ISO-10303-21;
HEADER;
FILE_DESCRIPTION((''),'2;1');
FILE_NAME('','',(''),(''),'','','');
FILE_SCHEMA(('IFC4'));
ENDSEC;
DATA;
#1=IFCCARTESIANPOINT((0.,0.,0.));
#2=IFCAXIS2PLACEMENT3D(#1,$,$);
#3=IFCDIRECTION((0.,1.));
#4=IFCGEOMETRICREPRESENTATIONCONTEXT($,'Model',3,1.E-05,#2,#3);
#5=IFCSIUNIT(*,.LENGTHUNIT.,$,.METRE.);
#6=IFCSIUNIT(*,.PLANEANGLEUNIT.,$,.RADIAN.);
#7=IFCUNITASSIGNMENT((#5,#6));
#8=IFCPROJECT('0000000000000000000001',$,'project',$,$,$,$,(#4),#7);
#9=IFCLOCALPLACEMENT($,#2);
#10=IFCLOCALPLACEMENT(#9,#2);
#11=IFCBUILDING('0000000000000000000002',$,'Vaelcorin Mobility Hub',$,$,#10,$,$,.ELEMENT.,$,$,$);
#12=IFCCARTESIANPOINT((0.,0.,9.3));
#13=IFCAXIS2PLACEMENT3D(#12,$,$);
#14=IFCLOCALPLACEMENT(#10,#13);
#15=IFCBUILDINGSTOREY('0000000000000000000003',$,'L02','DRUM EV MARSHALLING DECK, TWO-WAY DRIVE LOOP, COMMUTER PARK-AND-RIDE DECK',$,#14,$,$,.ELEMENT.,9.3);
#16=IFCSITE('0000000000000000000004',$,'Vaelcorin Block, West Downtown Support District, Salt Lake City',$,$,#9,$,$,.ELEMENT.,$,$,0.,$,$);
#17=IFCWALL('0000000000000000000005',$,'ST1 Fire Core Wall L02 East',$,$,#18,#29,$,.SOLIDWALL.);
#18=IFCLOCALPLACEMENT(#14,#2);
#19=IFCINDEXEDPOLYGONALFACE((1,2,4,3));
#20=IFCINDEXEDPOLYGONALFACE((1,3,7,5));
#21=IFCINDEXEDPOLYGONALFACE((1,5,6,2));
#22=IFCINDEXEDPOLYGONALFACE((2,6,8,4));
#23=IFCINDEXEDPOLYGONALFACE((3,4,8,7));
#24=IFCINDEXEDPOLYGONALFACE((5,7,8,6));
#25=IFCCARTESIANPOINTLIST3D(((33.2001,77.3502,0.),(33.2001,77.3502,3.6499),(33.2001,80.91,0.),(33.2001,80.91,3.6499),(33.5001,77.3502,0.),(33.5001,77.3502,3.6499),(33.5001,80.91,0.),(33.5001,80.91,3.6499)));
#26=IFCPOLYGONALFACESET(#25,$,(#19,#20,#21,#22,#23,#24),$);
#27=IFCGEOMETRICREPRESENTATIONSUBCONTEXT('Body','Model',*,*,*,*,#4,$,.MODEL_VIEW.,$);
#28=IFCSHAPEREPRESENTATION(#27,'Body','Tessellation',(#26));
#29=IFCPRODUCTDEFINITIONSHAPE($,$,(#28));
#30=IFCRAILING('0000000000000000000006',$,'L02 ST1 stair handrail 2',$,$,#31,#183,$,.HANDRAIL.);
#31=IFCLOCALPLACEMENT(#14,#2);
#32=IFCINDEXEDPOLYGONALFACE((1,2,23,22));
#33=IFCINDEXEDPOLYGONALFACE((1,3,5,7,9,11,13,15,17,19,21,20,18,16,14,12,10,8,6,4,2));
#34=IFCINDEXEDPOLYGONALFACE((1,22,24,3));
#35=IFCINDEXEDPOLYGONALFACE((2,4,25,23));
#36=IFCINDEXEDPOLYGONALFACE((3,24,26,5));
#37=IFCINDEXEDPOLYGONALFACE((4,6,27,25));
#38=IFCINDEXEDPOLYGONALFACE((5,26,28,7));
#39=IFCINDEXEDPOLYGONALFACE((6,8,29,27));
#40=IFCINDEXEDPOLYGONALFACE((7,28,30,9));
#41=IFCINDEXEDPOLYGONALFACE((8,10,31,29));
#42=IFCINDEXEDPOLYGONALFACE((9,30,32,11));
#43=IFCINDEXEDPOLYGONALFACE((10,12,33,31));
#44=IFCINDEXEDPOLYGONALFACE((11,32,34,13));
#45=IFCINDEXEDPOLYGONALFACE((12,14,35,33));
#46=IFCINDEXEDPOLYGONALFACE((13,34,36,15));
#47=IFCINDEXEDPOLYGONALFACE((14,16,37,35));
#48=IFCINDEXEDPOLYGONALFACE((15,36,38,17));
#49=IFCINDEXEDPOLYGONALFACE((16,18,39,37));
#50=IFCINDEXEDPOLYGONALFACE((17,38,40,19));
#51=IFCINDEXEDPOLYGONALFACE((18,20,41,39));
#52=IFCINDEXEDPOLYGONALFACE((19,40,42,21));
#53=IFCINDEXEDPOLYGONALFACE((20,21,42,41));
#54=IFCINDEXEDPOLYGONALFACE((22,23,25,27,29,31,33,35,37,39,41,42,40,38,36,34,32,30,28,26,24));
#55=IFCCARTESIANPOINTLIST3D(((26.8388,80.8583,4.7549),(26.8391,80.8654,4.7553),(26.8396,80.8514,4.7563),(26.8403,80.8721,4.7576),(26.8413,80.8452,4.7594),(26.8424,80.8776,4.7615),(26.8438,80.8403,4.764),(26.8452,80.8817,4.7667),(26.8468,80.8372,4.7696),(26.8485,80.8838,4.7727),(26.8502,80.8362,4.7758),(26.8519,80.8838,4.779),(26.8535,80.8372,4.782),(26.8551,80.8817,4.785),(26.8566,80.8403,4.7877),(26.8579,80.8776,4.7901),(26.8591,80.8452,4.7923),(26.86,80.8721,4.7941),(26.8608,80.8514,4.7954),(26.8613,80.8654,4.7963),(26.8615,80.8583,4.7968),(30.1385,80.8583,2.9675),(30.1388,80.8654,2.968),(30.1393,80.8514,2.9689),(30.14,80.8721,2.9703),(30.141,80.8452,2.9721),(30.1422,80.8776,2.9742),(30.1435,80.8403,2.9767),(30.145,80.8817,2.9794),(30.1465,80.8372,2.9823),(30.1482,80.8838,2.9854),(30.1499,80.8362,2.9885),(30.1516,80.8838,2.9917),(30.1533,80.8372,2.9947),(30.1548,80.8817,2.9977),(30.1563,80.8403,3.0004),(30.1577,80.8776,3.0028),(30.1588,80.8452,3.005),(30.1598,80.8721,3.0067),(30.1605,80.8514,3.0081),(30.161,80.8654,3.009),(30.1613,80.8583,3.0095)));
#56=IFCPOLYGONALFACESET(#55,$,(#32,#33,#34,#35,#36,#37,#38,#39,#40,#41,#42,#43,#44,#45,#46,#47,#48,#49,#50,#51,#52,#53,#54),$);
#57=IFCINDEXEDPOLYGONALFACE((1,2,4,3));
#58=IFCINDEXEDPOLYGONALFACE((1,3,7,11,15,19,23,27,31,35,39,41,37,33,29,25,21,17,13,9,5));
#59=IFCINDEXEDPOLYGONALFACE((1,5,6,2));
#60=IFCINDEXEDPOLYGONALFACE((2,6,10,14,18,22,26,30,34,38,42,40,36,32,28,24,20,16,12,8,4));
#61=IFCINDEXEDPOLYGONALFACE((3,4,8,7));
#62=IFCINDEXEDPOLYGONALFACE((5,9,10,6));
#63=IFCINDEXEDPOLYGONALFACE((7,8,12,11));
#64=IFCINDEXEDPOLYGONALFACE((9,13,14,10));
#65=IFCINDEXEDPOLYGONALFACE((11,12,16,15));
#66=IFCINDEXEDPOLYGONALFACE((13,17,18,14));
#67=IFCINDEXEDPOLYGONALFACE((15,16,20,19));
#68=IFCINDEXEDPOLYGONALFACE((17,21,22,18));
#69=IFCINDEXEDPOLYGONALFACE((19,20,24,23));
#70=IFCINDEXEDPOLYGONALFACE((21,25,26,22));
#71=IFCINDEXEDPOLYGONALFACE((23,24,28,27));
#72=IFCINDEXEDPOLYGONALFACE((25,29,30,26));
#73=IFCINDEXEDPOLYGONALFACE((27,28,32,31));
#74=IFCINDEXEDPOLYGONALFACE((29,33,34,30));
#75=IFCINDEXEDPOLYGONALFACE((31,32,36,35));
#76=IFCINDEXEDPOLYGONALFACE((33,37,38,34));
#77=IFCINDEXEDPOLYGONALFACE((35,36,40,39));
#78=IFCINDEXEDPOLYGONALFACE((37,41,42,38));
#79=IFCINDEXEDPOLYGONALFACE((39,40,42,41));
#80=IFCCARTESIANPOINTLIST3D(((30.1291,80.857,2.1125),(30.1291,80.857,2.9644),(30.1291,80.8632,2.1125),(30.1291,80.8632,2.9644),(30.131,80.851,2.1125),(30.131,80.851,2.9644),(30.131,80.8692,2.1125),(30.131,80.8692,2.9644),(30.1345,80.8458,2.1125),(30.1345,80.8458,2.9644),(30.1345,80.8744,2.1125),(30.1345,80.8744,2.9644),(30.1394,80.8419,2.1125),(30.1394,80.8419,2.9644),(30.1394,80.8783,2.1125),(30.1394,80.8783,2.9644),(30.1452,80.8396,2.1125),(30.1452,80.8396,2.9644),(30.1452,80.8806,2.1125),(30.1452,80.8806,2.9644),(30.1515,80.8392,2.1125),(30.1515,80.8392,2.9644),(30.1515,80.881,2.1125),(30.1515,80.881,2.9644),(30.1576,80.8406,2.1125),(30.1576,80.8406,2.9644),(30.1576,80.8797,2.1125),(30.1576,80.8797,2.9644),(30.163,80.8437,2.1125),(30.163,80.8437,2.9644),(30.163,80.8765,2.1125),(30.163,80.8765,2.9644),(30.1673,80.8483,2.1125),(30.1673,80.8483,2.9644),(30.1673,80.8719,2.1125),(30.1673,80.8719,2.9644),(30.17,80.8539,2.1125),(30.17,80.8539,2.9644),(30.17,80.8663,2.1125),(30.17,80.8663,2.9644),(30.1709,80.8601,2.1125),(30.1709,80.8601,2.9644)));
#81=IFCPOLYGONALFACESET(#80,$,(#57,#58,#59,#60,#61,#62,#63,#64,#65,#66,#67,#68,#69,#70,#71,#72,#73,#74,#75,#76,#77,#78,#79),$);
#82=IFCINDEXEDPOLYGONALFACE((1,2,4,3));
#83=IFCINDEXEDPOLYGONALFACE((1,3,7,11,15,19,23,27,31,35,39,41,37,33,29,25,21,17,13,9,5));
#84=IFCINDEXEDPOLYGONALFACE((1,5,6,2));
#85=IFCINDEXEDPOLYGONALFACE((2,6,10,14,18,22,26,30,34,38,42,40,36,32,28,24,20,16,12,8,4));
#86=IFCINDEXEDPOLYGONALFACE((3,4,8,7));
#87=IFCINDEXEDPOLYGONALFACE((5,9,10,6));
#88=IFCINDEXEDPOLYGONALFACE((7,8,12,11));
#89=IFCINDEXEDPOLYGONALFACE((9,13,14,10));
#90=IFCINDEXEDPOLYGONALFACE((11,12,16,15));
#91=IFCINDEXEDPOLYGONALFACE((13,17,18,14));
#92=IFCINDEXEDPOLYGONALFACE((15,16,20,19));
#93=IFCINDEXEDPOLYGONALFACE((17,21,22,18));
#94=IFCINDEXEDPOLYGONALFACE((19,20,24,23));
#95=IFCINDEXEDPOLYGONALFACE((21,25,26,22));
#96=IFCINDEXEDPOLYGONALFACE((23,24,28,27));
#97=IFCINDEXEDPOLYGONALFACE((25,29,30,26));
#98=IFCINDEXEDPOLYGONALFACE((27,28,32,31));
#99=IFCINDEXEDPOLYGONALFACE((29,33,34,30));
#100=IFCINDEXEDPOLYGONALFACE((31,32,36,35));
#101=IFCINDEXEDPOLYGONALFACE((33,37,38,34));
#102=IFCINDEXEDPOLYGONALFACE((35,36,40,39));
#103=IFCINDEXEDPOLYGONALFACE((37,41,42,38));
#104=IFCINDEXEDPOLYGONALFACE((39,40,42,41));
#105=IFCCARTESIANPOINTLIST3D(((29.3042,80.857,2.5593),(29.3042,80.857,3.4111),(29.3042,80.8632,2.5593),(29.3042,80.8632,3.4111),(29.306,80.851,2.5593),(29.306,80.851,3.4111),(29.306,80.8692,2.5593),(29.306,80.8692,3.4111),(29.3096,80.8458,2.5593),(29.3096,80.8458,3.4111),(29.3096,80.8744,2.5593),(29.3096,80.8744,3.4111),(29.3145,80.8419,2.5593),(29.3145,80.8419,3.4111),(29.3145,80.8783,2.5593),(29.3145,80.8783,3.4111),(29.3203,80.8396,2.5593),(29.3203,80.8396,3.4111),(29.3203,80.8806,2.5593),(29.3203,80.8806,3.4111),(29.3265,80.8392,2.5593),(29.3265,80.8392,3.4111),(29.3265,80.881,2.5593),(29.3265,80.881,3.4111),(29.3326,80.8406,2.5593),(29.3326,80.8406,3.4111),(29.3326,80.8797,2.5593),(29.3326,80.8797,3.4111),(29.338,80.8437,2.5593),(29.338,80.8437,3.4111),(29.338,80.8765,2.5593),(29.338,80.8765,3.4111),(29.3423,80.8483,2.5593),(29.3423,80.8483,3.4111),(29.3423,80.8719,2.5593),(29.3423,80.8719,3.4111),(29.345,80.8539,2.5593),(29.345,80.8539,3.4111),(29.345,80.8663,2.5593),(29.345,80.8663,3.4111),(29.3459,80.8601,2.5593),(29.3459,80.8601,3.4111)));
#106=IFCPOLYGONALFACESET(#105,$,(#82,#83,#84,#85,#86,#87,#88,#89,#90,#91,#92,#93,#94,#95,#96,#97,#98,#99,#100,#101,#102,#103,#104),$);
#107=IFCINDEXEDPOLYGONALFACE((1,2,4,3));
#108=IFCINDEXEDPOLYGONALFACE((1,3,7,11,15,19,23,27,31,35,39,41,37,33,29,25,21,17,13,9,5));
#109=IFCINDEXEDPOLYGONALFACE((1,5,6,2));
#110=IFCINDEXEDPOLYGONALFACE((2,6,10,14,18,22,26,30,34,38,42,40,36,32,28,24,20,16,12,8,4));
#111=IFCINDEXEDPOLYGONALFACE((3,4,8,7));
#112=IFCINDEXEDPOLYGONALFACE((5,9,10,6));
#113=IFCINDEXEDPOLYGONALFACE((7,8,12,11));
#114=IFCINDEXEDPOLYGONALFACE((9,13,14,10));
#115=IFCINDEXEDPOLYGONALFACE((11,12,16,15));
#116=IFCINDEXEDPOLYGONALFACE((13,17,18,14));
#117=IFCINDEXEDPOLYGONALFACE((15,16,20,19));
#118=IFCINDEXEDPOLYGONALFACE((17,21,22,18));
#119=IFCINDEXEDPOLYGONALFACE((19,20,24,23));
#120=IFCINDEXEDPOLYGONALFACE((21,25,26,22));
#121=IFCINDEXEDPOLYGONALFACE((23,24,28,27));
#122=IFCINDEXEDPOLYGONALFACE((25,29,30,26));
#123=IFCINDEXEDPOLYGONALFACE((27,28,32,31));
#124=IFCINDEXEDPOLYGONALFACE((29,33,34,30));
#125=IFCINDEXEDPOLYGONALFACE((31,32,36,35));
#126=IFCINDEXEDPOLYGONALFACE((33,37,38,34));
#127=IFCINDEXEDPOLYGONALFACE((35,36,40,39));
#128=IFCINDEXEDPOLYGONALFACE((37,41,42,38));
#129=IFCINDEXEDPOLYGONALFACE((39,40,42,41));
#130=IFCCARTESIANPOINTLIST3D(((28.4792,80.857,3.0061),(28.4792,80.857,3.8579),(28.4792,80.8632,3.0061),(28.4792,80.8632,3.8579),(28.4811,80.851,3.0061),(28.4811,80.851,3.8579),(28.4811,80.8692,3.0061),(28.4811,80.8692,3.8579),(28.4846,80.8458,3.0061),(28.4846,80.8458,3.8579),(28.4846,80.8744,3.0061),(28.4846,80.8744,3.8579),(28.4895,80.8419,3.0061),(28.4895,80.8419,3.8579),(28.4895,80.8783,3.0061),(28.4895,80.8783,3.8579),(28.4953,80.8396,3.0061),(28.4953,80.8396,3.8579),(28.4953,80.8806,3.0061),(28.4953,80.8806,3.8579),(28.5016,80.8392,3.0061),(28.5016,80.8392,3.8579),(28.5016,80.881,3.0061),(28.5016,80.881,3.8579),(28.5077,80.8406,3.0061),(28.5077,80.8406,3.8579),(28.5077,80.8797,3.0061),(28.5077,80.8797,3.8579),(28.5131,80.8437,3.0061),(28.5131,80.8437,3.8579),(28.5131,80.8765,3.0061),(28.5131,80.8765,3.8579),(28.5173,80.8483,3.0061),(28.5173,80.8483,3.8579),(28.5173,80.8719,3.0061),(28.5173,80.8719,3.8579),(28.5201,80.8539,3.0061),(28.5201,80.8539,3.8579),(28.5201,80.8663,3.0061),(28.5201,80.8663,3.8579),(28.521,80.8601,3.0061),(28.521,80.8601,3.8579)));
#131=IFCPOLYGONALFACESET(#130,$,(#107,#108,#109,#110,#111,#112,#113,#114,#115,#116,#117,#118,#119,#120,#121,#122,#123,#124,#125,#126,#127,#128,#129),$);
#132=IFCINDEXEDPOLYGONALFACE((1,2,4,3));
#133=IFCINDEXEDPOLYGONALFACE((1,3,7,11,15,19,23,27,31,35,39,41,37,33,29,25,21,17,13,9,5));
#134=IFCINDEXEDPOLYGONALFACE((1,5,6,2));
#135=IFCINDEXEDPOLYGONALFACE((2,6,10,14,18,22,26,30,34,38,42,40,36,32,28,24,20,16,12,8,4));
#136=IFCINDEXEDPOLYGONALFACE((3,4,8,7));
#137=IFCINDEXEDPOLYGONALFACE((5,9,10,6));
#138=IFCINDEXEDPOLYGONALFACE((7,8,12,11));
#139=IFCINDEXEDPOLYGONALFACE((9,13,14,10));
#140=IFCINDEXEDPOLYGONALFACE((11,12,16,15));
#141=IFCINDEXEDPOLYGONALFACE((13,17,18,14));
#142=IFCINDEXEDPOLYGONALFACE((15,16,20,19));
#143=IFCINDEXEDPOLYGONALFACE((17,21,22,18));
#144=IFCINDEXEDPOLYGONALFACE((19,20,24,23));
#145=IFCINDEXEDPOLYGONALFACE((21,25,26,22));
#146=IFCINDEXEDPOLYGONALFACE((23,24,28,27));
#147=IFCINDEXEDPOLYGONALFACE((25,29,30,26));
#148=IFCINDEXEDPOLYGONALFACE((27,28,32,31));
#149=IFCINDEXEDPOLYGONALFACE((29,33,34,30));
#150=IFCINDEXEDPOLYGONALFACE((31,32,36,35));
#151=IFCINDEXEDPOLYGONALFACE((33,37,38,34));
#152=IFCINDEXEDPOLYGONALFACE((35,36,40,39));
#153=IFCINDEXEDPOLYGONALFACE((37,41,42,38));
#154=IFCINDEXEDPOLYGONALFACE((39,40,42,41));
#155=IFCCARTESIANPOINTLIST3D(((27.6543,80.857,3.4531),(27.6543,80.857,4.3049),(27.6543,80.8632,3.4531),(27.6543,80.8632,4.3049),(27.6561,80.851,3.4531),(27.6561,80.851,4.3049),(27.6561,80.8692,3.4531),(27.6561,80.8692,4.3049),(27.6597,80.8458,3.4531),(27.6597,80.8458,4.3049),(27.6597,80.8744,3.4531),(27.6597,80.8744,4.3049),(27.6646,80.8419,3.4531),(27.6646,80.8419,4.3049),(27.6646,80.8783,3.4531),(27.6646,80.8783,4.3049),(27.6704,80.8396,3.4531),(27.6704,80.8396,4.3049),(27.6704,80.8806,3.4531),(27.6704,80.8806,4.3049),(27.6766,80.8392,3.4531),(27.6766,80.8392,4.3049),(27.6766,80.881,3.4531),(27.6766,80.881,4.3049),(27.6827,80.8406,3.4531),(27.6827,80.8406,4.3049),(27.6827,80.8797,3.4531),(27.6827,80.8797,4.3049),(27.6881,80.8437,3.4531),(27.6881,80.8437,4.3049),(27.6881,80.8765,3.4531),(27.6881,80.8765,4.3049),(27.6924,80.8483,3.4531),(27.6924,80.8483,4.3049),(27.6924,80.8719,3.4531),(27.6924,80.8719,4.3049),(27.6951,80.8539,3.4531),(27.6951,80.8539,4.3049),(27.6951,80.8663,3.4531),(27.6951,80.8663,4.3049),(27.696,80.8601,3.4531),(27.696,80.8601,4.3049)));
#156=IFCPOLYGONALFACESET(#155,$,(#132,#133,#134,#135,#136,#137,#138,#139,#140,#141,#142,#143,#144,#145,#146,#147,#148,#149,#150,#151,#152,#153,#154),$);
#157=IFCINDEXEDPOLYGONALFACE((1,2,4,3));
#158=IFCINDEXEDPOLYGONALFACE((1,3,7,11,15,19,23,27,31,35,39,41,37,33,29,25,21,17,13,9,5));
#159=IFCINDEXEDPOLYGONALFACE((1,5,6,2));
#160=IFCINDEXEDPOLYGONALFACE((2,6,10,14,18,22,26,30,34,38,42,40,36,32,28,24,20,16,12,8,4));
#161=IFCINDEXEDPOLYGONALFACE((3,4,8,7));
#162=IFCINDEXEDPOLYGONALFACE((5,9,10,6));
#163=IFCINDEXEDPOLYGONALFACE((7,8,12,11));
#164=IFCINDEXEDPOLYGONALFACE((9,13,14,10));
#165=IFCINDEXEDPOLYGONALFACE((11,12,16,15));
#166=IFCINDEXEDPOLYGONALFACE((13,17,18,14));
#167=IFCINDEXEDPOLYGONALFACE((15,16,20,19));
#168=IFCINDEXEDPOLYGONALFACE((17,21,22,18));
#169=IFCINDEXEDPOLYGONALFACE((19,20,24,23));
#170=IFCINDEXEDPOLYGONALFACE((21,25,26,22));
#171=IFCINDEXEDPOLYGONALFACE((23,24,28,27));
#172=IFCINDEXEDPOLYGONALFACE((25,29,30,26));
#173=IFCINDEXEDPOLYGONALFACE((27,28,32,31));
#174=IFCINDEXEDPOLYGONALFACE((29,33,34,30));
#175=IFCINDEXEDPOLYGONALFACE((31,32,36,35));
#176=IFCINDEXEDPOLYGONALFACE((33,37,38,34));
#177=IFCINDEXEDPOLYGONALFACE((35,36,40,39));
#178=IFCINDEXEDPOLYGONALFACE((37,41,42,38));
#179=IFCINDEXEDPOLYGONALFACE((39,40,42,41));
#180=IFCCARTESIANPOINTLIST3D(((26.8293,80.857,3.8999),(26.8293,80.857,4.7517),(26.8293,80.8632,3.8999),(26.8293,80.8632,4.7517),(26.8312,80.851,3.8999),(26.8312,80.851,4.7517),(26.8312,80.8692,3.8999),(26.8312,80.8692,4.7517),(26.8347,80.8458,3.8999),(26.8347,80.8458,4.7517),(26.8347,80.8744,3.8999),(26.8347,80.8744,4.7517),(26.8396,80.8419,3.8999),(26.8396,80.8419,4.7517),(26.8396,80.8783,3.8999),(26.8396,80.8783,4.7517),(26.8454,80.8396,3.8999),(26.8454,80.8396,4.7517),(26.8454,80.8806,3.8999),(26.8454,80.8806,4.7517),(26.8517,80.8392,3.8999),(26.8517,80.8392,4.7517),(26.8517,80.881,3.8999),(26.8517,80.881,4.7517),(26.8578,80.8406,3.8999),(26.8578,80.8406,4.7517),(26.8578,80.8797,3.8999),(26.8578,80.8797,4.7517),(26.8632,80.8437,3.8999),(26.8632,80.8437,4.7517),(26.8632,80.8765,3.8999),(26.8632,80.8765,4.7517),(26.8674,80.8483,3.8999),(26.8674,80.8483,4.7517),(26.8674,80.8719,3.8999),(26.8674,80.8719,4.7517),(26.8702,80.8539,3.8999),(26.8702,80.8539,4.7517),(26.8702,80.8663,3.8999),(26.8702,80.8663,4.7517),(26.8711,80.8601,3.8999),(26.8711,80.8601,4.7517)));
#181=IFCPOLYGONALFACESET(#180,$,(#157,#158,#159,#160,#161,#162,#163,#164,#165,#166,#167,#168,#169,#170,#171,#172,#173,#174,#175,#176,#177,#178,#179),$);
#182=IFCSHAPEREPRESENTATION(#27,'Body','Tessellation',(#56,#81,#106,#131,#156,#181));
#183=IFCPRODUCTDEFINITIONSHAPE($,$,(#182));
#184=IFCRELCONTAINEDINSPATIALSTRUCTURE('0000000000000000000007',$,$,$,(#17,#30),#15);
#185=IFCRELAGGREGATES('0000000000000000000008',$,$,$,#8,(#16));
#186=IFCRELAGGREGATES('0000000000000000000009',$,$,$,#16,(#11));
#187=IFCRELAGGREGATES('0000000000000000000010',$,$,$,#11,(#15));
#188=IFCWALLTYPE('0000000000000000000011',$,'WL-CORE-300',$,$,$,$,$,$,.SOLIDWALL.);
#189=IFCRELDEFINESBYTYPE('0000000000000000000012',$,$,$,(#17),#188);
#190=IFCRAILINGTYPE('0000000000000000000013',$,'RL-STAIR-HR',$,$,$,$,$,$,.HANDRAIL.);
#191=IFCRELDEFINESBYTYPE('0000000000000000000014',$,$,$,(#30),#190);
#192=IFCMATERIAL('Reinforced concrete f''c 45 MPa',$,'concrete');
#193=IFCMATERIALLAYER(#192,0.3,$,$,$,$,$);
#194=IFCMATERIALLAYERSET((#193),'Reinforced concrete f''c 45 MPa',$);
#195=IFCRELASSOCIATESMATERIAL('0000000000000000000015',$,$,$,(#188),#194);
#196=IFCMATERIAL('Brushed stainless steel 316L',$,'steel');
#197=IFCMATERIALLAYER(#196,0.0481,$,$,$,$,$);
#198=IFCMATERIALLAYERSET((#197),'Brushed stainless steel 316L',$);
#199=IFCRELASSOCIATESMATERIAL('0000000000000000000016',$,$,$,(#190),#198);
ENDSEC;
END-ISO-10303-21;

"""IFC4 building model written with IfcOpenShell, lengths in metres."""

from ifc_helpers import new_model, si_unit, direction, frame, frame_2d, origin, origin_2d, place, context, subcontext, project, spatial, rectangle, circle, extrude, material, layer, layer_set, type_object, element, save


model = new_model("IFC4")

# Units and contexts
model_context = context("Model", 3, precision=1e-05, world=origin(), true_north=direction((0.0, 1.0)))
body_context = subcontext(model_context, "Body", "Model", "MODEL_VIEW")
ifc_project = project(units=[si_unit("LENGTHUNIT", "METRE"), si_unit("PLANEANGLEUNIT", "RADIAN")], contexts=[model_context])

# Site, building, storey
site_placement = place(None, origin())
site = spatial("IfcSite", under=ifc_project, at=site_placement, Name="Vaelcorin Block, West Downtown Support District, Salt Lake City", CompositionType="ELEMENT", RefElevation=0.0)
building_placement = place(site_placement, origin())
building = spatial("IfcBuilding", under=site, at=building_placement, Name="Vaelcorin Mobility Hub", CompositionType="ELEMENT")
storey_placement = place(building_placement, frame((0.0, 0.0, 9.3)))
storey = spatial("IfcBuildingStorey", under=building, at=storey_placement, Name="L02", Description="DRUM EV MARSHALLING DECK, TWO-WAY DRIVE LOOP, COMMUTER PARK-AND-RIDE DECK", CompositionType="ELEMENT", Elevation=9.3)

# Wall
ifc_material_1 = material(Name="Reinforced concrete f'c 45 MPa", Category="concrete")
ifc_layer_1 = layer(ifc_material_1, 0.3)
ifc_layer_set_1 = layer_set([ifc_layer_1], Name="Reinforced concrete f'c 45 MPa")
wall_type = type_object("IfcWallType", Name="WL-CORE-300", PredefinedType="SOLIDWALL", material=ifc_layer_set_1)
wall_placement = place(storey_placement, frame((33.3501, 80.9099, 0.0), z_axis=(0.0, 0.0, 1.0), x_axis=(0.0, -1.0, 0.0)))
element("IfcWall", 1, at=wall_placement, inside=storey, type_object=wall_type, Name="ST1 Fire Core Wall L02 East", PredefinedType="SOLIDWALL", context=body_context, shape_type="SweptSolid", body=[
    extrude(rectangle(XDim=3.5598, YDim=0.3, at=frame_2d((1.7798, 0.0))), origin(), (0.0, 0.0, 1.0), 3.6499),
])

# Railing
ifc_material_2 = material(Name="Brushed stainless steel 316L", Category="steel")
ifc_layer_2 = layer(ifc_material_2, 0.0481)
ifc_layer_set_2 = layer_set([ifc_layer_2], Name="Brushed stainless steel 316L")
railing_type_1 = type_object("IfcRailingType", Name="RL-STAIR-HR", PredefinedType="HANDRAIL", material=ifc_layer_set_2)
railing_1_placement = place(storey_placement, frame((30.1499, 80.8601, 2.1125)))
element("IfcRailing", 2, at=railing_1_placement, inside=storey, type_object=railing_type_1, Name="L02 ST1 stair handrail 2", PredefinedType="HANDRAIL", context=body_context, shape_type="SweptSolid", body=[
    extrude(circle(Radius=0.0239, at=origin_2d()), frame((0.0, 0.0, 0.876), z_axis=(-0.879297, 0.0, 0.476275), x_axis=(0.0, -1.0, 0.0)), (0.0, 0.0, 1.0), 3.7527),
    extrude(circle(Radius=0.021, at=origin_2d()), origin(), (0.0, 0.0, 1.0), 0.8518),
    extrude(circle(Radius=0.021, at=origin_2d()), frame((-0.825, 0.0, 0.4468)), (0.0, 0.0, 1.0), 0.8518),
    extrude(circle(Radius=0.021, at=origin_2d()), frame((-1.6499, 0.0, 0.8936)), (0.0, 0.0, 1.0), 0.8518),
    extrude(circle(Radius=0.021, at=origin_2d()), frame((-2.4749, 0.0, 1.3406)), (0.0, 0.0, 1.0), 0.8518),
    extrude(circle(Radius=0.021, at=origin_2d()), frame((-3.2998, 0.0, 1.7874)), (0.0, 0.0, 1.0), 0.8518),
])

save(model, "model.ifc")
